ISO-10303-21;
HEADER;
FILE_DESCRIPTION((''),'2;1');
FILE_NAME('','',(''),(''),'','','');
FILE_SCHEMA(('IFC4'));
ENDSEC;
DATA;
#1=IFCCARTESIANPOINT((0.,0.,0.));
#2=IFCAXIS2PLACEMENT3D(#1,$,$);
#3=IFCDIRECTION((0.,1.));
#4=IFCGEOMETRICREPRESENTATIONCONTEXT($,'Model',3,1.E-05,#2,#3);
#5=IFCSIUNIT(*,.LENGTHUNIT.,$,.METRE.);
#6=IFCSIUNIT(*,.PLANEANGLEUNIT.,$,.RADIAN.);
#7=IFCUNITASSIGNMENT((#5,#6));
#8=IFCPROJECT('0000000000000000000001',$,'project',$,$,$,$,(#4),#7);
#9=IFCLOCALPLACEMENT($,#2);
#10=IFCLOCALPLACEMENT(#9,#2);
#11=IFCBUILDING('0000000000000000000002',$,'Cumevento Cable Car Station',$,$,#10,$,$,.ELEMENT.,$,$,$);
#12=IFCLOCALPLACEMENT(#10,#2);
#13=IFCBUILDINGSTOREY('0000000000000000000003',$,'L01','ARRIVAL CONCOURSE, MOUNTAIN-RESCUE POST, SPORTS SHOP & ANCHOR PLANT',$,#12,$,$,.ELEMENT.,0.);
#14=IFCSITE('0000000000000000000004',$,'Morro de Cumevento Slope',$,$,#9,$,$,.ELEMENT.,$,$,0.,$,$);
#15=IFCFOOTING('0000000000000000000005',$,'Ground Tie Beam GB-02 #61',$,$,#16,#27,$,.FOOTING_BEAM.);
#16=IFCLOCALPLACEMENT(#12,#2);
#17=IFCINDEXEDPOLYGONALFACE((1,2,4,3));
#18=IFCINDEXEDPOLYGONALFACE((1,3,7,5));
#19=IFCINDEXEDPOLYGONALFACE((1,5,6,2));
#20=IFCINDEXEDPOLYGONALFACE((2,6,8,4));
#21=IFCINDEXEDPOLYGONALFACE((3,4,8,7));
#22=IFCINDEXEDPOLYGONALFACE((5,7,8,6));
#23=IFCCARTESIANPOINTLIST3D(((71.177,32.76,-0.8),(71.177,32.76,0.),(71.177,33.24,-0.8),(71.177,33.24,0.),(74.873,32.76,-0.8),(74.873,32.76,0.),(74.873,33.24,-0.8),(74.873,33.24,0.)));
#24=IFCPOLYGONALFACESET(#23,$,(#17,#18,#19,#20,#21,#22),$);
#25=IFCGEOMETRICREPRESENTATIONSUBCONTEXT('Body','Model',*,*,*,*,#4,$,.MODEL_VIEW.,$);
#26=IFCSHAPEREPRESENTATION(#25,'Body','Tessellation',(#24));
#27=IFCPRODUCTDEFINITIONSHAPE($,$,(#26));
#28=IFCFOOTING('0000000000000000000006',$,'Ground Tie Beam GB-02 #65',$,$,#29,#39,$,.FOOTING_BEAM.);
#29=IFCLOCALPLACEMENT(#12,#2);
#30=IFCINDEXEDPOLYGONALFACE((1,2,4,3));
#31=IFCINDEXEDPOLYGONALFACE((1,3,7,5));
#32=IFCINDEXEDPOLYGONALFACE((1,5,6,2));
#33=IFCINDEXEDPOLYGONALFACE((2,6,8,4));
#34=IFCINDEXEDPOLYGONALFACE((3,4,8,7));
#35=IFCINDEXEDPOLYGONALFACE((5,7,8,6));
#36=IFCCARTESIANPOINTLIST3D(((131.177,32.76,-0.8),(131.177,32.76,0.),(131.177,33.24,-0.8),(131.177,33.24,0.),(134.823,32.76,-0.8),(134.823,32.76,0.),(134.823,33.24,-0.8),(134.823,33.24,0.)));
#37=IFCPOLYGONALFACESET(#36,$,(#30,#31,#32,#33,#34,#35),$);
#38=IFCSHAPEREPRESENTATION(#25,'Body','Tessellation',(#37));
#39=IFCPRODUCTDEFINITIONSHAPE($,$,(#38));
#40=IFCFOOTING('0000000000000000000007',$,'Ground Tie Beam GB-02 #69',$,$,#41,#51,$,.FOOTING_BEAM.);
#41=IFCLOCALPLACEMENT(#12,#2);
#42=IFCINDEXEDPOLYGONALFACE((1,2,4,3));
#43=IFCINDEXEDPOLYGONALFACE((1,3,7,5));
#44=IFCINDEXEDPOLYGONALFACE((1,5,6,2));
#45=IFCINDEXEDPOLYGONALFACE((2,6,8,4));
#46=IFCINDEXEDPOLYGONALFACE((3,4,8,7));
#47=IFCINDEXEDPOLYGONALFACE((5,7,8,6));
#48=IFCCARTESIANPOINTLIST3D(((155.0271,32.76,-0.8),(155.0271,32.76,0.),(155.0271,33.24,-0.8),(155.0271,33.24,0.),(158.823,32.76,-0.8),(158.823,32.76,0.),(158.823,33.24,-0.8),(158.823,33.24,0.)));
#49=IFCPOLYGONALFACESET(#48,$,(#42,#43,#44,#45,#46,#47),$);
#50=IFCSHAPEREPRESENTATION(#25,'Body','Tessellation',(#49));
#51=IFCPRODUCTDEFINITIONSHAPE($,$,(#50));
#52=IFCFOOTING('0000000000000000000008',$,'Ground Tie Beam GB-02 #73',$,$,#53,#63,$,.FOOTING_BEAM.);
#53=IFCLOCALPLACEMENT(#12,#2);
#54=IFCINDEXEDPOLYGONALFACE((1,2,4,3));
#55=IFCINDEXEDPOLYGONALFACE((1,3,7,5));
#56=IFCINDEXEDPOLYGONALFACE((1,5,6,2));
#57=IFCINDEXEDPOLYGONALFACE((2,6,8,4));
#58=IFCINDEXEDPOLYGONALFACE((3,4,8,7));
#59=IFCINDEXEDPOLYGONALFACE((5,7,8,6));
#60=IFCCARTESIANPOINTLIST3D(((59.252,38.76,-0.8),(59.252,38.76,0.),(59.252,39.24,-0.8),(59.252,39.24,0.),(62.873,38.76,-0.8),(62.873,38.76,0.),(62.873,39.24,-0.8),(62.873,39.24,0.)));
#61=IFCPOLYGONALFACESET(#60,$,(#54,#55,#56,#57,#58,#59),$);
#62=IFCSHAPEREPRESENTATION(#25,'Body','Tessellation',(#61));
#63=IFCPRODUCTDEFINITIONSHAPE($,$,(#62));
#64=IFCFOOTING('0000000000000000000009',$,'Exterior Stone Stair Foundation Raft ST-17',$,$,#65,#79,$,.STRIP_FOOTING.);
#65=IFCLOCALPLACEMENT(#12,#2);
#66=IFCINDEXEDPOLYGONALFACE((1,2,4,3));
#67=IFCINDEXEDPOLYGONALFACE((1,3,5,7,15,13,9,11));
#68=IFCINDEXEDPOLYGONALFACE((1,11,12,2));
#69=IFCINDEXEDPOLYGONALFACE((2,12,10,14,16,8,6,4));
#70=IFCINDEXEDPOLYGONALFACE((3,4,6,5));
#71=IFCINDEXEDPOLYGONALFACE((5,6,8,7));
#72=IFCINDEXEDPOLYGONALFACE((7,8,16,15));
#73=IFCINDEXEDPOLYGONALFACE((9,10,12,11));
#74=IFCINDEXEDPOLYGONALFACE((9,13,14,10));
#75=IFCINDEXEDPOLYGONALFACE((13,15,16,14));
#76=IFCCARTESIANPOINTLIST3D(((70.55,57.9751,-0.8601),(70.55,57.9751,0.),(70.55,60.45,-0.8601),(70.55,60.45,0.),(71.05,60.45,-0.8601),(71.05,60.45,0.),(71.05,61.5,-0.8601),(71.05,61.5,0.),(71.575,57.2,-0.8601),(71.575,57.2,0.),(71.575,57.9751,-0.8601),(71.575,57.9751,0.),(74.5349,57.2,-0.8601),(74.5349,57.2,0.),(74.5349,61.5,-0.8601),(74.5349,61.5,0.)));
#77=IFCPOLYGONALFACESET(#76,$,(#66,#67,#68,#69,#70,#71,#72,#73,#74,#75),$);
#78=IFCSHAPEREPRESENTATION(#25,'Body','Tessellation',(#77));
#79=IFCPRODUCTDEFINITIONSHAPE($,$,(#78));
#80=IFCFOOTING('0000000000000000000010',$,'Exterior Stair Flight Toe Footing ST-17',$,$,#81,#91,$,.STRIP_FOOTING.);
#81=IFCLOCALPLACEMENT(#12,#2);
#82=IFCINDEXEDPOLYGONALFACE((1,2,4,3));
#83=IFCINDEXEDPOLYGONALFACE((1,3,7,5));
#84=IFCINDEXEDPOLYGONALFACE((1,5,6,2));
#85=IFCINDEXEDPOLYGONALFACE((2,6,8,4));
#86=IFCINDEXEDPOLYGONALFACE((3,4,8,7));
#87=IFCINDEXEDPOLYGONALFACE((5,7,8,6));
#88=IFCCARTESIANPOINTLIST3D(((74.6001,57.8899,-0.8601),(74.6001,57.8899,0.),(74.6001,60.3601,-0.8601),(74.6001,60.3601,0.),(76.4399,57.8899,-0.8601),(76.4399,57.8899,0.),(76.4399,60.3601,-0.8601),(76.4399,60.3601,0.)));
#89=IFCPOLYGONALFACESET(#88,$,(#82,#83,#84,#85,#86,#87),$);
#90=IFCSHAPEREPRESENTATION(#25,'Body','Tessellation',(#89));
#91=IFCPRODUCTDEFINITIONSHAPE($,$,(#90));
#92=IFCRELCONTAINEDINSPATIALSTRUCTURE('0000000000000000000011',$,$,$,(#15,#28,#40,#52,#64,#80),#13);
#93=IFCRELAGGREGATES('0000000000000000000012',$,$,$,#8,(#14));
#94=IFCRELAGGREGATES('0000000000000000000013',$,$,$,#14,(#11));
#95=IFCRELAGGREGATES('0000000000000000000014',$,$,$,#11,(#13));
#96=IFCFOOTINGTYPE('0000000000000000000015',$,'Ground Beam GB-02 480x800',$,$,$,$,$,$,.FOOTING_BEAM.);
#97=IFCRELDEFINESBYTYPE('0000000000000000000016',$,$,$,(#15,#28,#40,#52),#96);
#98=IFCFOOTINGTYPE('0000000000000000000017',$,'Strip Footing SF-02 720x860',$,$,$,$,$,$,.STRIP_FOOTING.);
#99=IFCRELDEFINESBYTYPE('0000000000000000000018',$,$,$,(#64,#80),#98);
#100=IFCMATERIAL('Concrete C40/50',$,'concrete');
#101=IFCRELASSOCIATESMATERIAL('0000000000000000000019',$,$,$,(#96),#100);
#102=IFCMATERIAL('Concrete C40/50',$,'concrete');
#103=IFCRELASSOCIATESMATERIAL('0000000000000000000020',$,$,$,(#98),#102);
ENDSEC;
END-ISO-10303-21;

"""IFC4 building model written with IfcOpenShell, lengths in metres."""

from ifc_helpers import new_model, si_unit, direction, frame, origin, place, context, subcontext, project, spatial, polyline, outline, extrude, material, type_object, element, save


model = new_model("IFC4")

# Units and contexts
model_context = context("Model", 3, precision=1e-05, world=origin(), true_north=direction((0.0, 1.0)))
body_context = subcontext(model_context, "Body", "Model", "MODEL_VIEW")
ifc_project = project(units=[si_unit("LENGTHUNIT", "METRE"), si_unit("PLANEANGLEUNIT", "RADIAN")], contexts=[model_context])

# Site, building, storey
site_placement = place(None, origin())
site = spatial("IfcSite", under=ifc_project, at=site_placement, Name="Morro de Cumevento Slope", CompositionType="ELEMENT", RefElevation=0.0)
building_placement = place(site_placement, origin())
building = spatial("IfcBuilding", under=site, at=building_placement, Name="Cumevento Cable Car Station", CompositionType="ELEMENT")
storey_placement = place(building_placement, origin())
storey = spatial("IfcBuildingStorey", under=building, at=storey_placement, Name="L01", Description="ARRIVAL CONCOURSE, MOUNTAIN-RESCUE POST, SPORTS SHOP & ANCHOR PLANT", CompositionType="ELEMENT", Elevation=0.0)

# Footings
ifc_material_1 = material(Name="Concrete C40/50", Category="concrete")
footing_type_1 = type_object("IfcFootingType", Name="Ground Beam GB-02 480x800", PredefinedType="FOOTING_BEAM", material=ifc_material_1)
footing_1_placement = place(storey_placement, frame((0.0, 0.0, -0.8)))
element("IfcFooting", 1, at=footing_1_placement, inside=storey, type_object=footing_type_1, Name="Ground Tie Beam GB-02 #61", PredefinedType="FOOTING_BEAM", context=body_context, shape_type="SweptSolid", body=[
    extrude(outline(polyline([(71.177, 32.76), (74.873, 32.76), (74.873, 33.24), (71.177, 33.24), (71.177, 32.76)])), origin(), (0.0, 0.0, 1.0), 0.8),
])
footing_2_placement = place(storey_placement, frame((0.0, 0.0, -0.8)))
element("IfcFooting", 2, at=footing_2_placement, inside=storey, type_object=footing_type_1, Name="Ground Tie Beam GB-02 #65", PredefinedType="FOOTING_BEAM", context=body_context, shape_type="SweptSolid", body=[
    extrude(outline(polyline([(131.177, 32.76), (134.823, 32.76), (134.823, 33.24), (131.177, 33.24), (131.177, 32.76)])), origin(), (0.0, 0.0, 1.0), 0.8),
])
footing_3_placement = place(storey_placement, frame((0.0, 0.0, -0.8)))
element("IfcFooting", 3, at=footing_3_placement, inside=storey, type_object=footing_type_1, Name="Ground Tie Beam GB-02 #69", PredefinedType="FOOTING_BEAM", context=body_context, shape_type="SweptSolid", body=[
    extrude(outline(polyline([(155.0271, 32.76), (158.823, 32.76), (158.823, 33.24), (155.0271, 33.24), (155.0271, 32.76)])), origin(), (0.0, 0.0, 1.0), 0.8),
])
footing_4_placement = place(storey_placement, frame((0.0, 0.0, -0.8)))
element("IfcFooting", 4, at=footing_4_placement, inside=storey, type_object=footing_type_1, Name="Ground Tie Beam GB-02 #73", PredefinedType="FOOTING_BEAM", context=body_context, shape_type="SweptSolid", body=[
    extrude(outline(polyline([(59.252, 38.76), (62.873, 38.76), (62.873, 39.24), (59.252, 39.24), (59.252, 38.76)])), origin(), (0.0, 0.0, 1.0), 0.8),
])
ifc_material_2 = material(Name="Concrete C40/50", Category="concrete")
footing_type_2 = type_object("IfcFootingType", Name="Strip Footing SF-02 720x860", PredefinedType="STRIP_FOOTING", material=ifc_material_2)
footing_5_placement = place(storey_placement, frame((0.0, 0.0, -0.8601)))
element("IfcFooting", 5, at=footing_5_placement, inside=storey, type_object=footing_type_2, Name="Exterior Stone Stair Foundation Raft ST-17", PredefinedType="STRIP_FOOTING", context=body_context, shape_type="SweptSolid", body=[
    extrude(outline(polyline([(74.5349, 61.5), (74.5349, 57.2), (71.575, 57.2), (71.575, 57.9751), (70.55, 57.9751), (70.55, 60.45), (71.05, 60.45), (71.05, 61.5), (74.5349, 61.5)])), origin(), (0.0, 0.0, 1.0), 0.8601),
])
footing_6_placement = place(storey_placement, frame((0.0, 0.0, -0.8601)))
element("IfcFooting", 6, at=footing_6_placement, inside=storey, type_object=footing_type_2, Name="Exterior Stair Flight Toe Footing ST-17", PredefinedType="STRIP_FOOTING", context=body_context, shape_type="SweptSolid", body=[
    extrude(outline(polyline([(76.4399, 57.8899), (74.6001, 57.8899), (74.6001, 60.3601), (76.4399, 60.3601), (76.4399, 57.8899)])), origin(), (0.0, 0.0, 1.0), 0.8601),
])

save(model, "model.ifc")
